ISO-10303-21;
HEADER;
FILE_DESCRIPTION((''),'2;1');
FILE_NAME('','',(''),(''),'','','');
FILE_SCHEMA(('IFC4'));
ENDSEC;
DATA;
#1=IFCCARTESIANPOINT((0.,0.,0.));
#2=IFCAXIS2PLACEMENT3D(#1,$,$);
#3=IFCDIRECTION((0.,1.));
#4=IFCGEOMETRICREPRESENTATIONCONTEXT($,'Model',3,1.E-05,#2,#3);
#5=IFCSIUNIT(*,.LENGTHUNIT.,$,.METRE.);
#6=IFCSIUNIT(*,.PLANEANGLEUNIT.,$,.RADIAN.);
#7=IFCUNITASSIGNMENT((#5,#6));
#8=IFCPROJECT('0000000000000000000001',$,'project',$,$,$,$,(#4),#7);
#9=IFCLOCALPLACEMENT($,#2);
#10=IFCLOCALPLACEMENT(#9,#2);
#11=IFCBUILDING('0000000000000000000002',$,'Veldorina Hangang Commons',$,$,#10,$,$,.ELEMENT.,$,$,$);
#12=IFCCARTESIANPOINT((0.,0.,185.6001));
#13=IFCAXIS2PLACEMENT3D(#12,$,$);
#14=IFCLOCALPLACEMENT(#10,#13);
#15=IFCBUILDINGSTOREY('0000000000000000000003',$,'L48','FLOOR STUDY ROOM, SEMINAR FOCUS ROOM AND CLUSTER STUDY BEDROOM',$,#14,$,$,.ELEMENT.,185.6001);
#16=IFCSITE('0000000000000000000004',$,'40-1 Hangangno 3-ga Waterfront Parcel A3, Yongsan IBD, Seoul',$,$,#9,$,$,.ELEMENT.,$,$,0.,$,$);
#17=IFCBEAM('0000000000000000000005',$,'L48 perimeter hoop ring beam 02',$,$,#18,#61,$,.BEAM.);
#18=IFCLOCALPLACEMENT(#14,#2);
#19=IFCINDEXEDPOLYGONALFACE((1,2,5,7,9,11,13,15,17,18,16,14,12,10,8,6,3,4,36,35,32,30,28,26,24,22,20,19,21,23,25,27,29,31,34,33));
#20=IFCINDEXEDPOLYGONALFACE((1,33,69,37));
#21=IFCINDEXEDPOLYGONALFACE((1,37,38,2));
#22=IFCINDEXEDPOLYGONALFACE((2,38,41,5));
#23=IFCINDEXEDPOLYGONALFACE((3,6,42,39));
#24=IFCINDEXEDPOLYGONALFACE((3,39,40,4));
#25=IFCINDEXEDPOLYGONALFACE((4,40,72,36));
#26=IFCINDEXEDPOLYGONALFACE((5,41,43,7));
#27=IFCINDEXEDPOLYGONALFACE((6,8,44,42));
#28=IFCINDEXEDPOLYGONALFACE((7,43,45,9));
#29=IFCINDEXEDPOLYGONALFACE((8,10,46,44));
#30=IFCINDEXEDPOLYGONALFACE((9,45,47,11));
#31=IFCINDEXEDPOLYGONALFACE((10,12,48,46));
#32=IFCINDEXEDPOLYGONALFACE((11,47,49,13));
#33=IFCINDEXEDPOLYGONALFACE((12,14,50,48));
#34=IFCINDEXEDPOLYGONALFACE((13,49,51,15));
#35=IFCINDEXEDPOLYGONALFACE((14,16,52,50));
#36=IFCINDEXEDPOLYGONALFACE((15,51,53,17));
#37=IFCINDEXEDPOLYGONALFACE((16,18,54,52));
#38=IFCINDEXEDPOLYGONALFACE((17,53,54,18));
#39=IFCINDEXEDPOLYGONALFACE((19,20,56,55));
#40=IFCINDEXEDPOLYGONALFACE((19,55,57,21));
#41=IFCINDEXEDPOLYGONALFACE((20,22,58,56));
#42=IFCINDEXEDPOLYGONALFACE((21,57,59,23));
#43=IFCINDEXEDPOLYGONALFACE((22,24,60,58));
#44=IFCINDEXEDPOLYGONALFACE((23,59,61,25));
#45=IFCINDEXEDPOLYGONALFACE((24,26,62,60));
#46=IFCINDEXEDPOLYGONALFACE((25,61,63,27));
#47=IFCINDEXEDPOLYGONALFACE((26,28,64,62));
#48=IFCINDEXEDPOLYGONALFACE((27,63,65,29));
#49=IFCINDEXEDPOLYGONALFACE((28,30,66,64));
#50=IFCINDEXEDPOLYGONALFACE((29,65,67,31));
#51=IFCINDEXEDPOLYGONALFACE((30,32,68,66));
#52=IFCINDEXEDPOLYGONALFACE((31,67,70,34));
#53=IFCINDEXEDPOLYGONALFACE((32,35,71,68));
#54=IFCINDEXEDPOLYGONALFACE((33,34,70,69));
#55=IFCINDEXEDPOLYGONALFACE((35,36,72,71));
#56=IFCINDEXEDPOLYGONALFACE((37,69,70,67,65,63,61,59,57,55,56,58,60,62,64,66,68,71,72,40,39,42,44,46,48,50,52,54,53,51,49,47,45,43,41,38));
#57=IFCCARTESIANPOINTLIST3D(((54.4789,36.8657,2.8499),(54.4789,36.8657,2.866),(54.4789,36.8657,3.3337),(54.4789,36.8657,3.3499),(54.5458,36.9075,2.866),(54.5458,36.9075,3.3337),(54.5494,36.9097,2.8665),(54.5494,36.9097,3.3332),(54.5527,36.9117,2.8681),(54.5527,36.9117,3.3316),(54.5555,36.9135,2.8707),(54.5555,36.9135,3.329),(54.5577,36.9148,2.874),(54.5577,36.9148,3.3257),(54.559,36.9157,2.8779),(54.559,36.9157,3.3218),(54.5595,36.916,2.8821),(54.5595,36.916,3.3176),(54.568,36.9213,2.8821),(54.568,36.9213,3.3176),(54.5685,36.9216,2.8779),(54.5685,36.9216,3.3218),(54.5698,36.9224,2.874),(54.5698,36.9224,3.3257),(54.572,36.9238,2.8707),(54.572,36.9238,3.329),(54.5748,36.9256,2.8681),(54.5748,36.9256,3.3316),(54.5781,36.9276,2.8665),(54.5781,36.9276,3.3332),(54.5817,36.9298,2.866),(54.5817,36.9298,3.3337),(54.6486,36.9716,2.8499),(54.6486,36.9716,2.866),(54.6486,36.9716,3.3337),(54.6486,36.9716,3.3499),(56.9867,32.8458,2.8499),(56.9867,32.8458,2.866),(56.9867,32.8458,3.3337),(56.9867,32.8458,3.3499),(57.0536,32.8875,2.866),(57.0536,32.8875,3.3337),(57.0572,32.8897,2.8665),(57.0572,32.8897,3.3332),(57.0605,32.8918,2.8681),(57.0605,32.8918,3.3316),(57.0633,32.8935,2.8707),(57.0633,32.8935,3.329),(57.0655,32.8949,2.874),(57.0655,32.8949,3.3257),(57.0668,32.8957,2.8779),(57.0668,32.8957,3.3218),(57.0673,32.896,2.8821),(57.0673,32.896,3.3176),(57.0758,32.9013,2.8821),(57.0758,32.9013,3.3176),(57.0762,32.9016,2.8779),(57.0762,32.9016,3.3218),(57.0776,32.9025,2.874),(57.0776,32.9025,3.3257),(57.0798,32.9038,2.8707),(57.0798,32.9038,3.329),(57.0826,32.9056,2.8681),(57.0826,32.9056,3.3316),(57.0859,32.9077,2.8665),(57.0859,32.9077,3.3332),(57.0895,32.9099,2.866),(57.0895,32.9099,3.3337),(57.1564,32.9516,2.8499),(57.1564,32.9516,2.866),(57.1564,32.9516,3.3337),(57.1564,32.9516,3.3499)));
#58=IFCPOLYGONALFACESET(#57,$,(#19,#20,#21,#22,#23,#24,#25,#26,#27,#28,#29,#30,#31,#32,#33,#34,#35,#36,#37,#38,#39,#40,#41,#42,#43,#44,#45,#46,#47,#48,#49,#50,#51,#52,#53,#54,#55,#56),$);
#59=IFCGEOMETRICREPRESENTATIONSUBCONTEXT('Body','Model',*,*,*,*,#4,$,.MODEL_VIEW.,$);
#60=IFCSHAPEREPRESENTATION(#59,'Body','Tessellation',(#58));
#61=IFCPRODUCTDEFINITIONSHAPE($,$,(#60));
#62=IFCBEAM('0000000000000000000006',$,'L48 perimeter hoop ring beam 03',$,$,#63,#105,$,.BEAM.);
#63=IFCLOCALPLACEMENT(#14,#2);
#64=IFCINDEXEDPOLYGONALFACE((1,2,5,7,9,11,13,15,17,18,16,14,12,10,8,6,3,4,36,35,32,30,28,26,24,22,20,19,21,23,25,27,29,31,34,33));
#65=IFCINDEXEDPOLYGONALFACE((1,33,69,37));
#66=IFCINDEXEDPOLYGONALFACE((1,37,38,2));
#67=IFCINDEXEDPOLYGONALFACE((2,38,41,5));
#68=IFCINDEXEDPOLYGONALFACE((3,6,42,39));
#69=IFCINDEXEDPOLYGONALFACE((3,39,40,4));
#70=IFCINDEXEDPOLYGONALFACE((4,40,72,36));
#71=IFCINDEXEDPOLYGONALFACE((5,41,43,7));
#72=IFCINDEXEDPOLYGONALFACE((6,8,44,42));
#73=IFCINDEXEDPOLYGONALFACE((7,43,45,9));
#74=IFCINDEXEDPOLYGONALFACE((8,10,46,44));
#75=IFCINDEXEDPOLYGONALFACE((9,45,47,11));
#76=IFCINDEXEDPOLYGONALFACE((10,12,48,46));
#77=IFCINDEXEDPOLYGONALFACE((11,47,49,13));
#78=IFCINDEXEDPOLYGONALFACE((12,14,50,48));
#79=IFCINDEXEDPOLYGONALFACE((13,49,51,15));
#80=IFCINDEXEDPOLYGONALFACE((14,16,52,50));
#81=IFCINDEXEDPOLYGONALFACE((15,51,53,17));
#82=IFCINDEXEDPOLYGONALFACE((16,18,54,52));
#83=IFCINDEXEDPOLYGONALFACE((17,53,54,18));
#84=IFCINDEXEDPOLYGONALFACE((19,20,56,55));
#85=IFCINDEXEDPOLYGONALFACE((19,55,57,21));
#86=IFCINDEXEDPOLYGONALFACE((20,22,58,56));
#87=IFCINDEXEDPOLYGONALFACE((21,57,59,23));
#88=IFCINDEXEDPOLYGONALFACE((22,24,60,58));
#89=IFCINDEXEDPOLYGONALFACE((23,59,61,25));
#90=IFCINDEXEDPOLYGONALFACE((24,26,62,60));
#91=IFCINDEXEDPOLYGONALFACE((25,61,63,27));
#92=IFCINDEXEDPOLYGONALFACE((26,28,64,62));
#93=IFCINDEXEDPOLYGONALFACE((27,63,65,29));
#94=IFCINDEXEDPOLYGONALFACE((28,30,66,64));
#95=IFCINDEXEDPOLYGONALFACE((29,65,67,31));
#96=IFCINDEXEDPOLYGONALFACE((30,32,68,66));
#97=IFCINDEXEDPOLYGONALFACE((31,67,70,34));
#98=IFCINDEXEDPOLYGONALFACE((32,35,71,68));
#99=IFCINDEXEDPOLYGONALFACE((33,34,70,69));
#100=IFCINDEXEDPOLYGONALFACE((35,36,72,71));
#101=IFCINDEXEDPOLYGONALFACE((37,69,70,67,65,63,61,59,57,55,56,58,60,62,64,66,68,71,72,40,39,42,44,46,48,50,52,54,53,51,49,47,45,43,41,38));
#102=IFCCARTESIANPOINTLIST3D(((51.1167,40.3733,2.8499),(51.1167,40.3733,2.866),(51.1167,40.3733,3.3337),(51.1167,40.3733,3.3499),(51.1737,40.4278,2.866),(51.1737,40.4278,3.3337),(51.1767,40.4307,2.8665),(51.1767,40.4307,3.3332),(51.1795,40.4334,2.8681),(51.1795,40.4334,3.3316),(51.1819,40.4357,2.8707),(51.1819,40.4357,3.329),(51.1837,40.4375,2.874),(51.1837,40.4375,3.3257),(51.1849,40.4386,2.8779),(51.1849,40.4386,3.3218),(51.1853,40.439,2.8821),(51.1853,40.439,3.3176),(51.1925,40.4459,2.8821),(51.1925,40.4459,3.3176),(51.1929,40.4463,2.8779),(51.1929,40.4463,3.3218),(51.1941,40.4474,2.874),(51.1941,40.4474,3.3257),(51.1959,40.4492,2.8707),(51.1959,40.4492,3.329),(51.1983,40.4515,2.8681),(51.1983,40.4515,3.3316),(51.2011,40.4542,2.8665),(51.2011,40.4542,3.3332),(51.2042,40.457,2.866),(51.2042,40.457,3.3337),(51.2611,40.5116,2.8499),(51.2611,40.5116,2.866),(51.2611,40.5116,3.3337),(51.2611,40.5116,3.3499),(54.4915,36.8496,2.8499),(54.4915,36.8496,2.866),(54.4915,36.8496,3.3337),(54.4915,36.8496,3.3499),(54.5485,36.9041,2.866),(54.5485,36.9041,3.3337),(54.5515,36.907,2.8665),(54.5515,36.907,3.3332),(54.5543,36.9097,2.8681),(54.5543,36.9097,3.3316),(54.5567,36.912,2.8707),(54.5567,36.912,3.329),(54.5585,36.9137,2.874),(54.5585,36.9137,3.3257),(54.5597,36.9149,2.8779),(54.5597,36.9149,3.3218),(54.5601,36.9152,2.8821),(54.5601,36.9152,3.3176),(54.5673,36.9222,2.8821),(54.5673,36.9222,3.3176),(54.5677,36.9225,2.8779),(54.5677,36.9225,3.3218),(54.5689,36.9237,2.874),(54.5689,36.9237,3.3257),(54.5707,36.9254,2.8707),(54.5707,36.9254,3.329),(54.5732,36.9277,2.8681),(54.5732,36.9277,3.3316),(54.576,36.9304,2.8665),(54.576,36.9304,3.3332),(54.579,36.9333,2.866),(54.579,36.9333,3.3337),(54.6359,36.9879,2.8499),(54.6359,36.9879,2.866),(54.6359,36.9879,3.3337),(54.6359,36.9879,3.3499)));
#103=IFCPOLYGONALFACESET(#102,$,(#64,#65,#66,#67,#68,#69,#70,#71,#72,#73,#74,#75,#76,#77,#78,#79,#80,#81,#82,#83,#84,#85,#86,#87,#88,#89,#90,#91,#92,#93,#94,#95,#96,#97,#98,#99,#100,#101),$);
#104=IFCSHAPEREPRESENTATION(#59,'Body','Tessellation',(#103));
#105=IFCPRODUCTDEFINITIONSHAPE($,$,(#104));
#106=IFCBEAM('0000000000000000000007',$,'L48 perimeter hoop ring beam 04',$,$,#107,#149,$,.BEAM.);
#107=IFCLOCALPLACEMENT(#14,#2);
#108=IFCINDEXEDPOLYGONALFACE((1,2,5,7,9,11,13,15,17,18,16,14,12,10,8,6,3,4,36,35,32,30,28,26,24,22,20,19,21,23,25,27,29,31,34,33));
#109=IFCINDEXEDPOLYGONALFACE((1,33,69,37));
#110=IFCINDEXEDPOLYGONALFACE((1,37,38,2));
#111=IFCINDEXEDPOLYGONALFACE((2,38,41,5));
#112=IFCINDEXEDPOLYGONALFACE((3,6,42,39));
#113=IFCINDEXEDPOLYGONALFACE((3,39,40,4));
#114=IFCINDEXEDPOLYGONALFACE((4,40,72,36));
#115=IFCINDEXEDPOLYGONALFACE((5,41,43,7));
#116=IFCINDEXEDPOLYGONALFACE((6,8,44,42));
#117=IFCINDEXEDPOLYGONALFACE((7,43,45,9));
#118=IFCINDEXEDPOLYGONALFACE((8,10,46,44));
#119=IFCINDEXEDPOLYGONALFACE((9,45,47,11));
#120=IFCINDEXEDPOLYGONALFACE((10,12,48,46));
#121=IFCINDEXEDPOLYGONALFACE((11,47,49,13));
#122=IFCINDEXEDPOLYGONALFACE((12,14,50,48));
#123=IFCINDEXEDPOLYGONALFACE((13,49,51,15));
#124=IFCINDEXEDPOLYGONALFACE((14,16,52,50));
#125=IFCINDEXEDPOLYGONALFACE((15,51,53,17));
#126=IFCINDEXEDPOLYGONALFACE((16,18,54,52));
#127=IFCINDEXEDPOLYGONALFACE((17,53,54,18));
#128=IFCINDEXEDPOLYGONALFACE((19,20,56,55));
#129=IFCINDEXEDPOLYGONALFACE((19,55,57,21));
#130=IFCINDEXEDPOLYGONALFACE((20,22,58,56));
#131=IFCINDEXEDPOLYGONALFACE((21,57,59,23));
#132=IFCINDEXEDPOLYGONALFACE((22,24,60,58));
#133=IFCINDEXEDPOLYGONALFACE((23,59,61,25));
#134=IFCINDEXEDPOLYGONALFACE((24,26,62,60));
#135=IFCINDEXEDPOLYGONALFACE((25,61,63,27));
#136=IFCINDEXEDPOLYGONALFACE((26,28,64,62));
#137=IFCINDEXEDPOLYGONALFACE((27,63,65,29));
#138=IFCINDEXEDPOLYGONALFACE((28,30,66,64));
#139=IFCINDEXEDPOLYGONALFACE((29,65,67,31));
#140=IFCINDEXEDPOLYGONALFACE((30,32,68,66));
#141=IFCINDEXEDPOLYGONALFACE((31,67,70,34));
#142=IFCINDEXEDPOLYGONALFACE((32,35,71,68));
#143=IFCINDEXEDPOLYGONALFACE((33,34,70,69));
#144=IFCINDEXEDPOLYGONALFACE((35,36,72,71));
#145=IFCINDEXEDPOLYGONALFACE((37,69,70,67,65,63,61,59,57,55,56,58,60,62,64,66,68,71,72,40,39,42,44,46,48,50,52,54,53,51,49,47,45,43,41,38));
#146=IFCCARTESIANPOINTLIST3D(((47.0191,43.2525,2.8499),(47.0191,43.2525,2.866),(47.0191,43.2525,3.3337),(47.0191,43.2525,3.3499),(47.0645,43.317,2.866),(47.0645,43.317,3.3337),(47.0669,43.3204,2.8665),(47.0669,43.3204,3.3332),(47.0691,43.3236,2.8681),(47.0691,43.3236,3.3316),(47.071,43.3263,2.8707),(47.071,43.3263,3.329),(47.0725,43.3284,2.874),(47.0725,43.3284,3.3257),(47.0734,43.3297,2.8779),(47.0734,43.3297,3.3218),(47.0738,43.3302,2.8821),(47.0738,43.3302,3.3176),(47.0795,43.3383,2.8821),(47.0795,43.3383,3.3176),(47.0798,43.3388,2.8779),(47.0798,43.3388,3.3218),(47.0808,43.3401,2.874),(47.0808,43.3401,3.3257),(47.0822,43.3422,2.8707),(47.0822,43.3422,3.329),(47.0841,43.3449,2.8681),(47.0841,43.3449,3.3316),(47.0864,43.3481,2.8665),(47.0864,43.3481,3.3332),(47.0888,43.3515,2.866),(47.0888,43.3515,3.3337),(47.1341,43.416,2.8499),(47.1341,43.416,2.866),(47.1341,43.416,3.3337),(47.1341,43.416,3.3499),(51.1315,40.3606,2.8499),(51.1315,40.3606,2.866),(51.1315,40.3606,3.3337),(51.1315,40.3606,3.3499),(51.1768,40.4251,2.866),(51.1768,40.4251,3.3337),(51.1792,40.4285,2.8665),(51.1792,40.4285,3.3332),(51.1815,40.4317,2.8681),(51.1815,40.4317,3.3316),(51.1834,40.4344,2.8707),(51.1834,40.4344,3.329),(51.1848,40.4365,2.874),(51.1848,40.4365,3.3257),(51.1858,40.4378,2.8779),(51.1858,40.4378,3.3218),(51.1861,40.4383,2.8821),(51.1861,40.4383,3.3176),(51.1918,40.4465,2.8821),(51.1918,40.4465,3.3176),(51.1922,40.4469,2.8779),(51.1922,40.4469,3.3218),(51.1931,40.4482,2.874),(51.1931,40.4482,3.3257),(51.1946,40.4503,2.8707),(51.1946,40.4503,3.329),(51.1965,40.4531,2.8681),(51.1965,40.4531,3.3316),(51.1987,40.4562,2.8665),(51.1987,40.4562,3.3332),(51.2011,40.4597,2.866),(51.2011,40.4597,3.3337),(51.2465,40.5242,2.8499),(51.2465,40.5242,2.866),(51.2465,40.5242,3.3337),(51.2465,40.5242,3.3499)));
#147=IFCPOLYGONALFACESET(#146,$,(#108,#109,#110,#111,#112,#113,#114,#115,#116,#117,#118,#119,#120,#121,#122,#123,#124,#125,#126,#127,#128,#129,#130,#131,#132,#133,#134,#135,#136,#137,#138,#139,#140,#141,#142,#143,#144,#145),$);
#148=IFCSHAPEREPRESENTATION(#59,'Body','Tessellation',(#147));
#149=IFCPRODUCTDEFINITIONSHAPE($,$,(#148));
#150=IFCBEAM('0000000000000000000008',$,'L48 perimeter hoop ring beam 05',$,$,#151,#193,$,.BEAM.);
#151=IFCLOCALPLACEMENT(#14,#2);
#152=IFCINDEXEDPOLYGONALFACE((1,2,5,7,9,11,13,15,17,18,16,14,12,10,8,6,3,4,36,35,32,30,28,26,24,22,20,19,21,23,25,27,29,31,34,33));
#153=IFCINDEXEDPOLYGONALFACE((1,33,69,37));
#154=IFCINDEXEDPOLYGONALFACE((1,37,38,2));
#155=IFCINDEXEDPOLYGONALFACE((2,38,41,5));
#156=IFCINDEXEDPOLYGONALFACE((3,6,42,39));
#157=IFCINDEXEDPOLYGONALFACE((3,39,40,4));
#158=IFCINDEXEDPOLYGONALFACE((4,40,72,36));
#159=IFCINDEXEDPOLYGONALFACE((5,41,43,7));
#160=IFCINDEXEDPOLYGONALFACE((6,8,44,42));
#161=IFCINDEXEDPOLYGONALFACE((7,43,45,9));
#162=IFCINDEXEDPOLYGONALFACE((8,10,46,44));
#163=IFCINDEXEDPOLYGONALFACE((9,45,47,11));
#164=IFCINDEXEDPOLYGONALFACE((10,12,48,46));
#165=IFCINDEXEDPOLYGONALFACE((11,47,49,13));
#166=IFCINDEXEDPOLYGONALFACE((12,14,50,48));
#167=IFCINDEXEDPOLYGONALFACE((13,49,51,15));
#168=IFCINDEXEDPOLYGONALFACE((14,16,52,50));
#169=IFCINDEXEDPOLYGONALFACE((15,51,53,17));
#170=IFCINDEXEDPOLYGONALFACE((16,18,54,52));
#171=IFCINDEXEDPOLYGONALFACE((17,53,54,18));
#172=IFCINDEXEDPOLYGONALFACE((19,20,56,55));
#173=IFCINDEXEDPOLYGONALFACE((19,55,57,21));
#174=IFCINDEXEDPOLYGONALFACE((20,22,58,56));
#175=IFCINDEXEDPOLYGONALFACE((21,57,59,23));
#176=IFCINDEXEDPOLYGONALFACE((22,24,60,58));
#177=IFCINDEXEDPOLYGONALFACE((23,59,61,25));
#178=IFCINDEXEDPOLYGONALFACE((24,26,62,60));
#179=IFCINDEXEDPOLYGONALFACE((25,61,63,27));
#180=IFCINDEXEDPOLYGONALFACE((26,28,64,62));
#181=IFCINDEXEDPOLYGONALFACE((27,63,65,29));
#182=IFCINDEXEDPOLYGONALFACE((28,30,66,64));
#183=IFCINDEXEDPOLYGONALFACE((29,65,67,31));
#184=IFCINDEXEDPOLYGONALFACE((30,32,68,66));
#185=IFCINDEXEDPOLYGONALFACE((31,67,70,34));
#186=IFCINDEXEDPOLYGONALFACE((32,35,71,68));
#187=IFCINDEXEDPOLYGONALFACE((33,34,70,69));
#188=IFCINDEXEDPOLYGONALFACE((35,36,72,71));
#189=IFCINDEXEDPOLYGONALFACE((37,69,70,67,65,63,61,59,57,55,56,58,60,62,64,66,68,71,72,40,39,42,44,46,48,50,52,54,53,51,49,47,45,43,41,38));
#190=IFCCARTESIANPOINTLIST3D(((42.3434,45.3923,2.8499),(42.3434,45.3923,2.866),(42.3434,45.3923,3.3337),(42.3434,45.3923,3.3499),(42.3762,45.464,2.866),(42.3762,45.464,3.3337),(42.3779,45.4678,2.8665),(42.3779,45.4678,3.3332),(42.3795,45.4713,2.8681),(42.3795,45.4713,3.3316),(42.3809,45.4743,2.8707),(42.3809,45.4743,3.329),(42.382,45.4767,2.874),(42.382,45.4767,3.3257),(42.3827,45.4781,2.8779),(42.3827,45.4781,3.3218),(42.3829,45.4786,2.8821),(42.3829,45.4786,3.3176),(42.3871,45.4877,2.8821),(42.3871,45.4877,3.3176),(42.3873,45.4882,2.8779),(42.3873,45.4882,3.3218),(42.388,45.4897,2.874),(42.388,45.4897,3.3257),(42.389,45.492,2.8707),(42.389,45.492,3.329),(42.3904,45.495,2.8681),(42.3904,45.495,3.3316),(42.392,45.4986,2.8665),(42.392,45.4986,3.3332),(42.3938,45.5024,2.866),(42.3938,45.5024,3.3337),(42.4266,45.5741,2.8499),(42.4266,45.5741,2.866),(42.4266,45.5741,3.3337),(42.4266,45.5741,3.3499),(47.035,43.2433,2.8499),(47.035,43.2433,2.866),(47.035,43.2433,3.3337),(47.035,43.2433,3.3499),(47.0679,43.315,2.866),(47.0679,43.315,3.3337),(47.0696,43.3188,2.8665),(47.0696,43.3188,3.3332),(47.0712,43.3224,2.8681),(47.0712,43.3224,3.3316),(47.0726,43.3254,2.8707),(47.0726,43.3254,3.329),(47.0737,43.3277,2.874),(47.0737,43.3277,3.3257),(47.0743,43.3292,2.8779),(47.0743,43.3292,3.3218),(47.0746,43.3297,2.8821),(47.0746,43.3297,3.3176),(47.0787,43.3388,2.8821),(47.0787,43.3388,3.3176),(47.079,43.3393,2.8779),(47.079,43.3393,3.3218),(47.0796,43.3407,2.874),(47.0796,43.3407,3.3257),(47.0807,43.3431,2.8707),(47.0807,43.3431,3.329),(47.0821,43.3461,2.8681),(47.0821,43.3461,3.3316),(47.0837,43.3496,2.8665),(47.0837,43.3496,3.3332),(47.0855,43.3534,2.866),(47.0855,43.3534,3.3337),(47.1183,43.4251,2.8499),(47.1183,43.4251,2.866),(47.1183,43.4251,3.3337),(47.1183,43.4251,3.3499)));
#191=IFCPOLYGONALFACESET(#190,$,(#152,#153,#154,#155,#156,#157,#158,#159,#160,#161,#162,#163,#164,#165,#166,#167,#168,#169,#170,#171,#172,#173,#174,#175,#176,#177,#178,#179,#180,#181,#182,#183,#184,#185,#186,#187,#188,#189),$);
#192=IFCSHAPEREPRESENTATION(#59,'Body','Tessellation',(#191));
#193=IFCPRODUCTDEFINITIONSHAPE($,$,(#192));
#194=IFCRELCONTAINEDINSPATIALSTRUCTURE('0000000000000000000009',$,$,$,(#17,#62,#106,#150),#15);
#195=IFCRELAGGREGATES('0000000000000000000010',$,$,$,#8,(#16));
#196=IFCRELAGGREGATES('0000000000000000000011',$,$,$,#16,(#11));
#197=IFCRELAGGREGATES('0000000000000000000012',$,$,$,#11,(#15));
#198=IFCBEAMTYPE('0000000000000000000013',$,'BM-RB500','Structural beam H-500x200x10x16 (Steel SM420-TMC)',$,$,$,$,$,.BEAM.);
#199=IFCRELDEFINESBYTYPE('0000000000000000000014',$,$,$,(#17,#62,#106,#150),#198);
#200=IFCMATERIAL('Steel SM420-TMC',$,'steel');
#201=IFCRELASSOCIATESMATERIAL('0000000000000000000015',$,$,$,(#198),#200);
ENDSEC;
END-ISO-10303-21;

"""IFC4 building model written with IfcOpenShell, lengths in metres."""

from ifc_helpers import new_model, si_unit, direction, frame, origin, origin_2d, place, context, subcontext, project, spatial, i_section, extrude, material, material_profile, profile_set, type_object, element, save


model = new_model("IFC4")

# Units and contexts
model_context = context("Model", 3, precision=1e-05, world=origin(), true_north=direction((0.0, 1.0)))
body_context = subcontext(model_context, "Body", "Model", "MODEL_VIEW")
ifc_project = project(units=[si_unit("LENGTHUNIT", "METRE"), si_unit("PLANEANGLEUNIT", "RADIAN")], contexts=[model_context])

# Site, building, storey
site_placement = place(None, origin())
site = spatial("IfcSite", under=ifc_project, at=site_placement, Name="40-1 Hangangno 3-ga Waterfront Parcel A3, Yongsan IBD, Seoul", CompositionType="ELEMENT", RefElevation=0.0)
building_placement = place(site_placement, origin())
building = spatial("IfcBuilding", under=site, at=building_placement, Name="Veldorina Hangang Commons", CompositionType="ELEMENT")
storey_placement = place(building_placement, frame((0.0, 0.0, 185.6001)))
storey = spatial("IfcBuildingStorey", under=building, at=storey_placement, Name="L48", Description="FLOOR STUDY ROOM, SEMINAR FOCUS ROOM AND CLUSTER STUDY BEDROOM", CompositionType="ELEMENT", Elevation=185.6001)

# Beams
ifc_material_1 = material(Name="Steel SM420-TMC", Category="steel")
ifc_material_profile_1 = material_profile(ifc_material_1, i_section(OverallWidth=0.2, OverallDepth=0.5, WebThickness=0.01, FlangeThickness=0.0161, FilletRadius=0.0161, at=origin_2d()), Name="H-500x200x10x16")
ifc_profile_set_1 = profile_set([ifc_material_profile_1], Name="Steel SM420-TMC")
beam_type = type_object("IfcBeamType", Name="BM-RB500", Description="Structural beam H-500x200x10x16 (Steel SM420-TMC)", PredefinedType="BEAM", material=ifc_profile_set_1)
beam_1_placement = place(storey_placement, frame((57.0715, 32.8987, 3.0999), z_axis=(-0.529285, 0.848444, 0.0), x_axis=(-0.848444, -0.529285, 0.0)))
element("IfcBeam", 1, at=beam_1_placement, inside=storey, type_object=beam_type, Name="L48 perimeter hoop ring beam 02", PredefinedType="BEAM", context=body_context, shape_type="SweptSolid", body=[
    extrude(i_section(OverallWidth=0.2, OverallDepth=0.5, WebThickness=0.01, FlangeThickness=0.0161, FilletRadius=0.0161, at=origin_2d()), origin(), (0.0, 0.0, 1.0), 4.738),
])
beam_2_placement = place(storey_placement, frame((54.5637, 36.9187, 3.0999), z_axis=(-0.69168, 0.722204, 0.0), x_axis=(-0.722204, -0.69168, 0.0)))
element("IfcBeam", 2, at=beam_2_placement, inside=storey, type_object=beam_type, Name="L48 perimeter hoop ring beam 03", PredefinedType="BEAM", context=body_context, shape_type="SweptSolid", body=[
    extrude(i_section(OverallWidth=0.2, OverallDepth=0.5, WebThickness=0.01, FlangeThickness=0.0161, FilletRadius=0.0161, at=origin_2d()), origin(), (0.0, 0.0, 1.0), 4.8792),
])
beam_3_placement = place(storey_placement, frame((51.189, 40.4424, 3.0999), z_axis=(-0.817993, 0.575228, 0.0), x_axis=(-0.575228, -0.817993, 0.0)))
element("IfcBeam", 3, at=beam_3_placement, inside=storey, type_object=beam_type, Name="L48 perimeter hoop ring beam 04", PredefinedType="BEAM", context=body_context, shape_type="SweptSolid", body=[
    extrude(i_section(OverallWidth=0.2, OverallDepth=0.5, WebThickness=0.01, FlangeThickness=0.0161, FilletRadius=0.0161, at=origin_2d()), origin(), (0.0, 0.0, 1.0), 5.0273),
])
beam_4_placement = place(storey_placement, frame((47.0767, 43.3342, 3.0999), z_axis=(-0.909169, 0.416428, 0.0), x_axis=(-0.416428, -0.909169, 0.0)))
element("IfcBeam", 4, at=beam_4_placement, inside=storey, type_object=beam_type, Name="L48 perimeter hoop ring beam 05", PredefinedType="BEAM", context=body_context, shape_type="SweptSolid", body=[
    extrude(i_section(OverallWidth=0.2, OverallDepth=0.5, WebThickness=0.01, FlangeThickness=0.0161, FilletRadius=0.0161, at=origin_2d()), origin(), (0.0, 0.0, 1.0), 5.1604),
])

save(model, "model.ifc")
